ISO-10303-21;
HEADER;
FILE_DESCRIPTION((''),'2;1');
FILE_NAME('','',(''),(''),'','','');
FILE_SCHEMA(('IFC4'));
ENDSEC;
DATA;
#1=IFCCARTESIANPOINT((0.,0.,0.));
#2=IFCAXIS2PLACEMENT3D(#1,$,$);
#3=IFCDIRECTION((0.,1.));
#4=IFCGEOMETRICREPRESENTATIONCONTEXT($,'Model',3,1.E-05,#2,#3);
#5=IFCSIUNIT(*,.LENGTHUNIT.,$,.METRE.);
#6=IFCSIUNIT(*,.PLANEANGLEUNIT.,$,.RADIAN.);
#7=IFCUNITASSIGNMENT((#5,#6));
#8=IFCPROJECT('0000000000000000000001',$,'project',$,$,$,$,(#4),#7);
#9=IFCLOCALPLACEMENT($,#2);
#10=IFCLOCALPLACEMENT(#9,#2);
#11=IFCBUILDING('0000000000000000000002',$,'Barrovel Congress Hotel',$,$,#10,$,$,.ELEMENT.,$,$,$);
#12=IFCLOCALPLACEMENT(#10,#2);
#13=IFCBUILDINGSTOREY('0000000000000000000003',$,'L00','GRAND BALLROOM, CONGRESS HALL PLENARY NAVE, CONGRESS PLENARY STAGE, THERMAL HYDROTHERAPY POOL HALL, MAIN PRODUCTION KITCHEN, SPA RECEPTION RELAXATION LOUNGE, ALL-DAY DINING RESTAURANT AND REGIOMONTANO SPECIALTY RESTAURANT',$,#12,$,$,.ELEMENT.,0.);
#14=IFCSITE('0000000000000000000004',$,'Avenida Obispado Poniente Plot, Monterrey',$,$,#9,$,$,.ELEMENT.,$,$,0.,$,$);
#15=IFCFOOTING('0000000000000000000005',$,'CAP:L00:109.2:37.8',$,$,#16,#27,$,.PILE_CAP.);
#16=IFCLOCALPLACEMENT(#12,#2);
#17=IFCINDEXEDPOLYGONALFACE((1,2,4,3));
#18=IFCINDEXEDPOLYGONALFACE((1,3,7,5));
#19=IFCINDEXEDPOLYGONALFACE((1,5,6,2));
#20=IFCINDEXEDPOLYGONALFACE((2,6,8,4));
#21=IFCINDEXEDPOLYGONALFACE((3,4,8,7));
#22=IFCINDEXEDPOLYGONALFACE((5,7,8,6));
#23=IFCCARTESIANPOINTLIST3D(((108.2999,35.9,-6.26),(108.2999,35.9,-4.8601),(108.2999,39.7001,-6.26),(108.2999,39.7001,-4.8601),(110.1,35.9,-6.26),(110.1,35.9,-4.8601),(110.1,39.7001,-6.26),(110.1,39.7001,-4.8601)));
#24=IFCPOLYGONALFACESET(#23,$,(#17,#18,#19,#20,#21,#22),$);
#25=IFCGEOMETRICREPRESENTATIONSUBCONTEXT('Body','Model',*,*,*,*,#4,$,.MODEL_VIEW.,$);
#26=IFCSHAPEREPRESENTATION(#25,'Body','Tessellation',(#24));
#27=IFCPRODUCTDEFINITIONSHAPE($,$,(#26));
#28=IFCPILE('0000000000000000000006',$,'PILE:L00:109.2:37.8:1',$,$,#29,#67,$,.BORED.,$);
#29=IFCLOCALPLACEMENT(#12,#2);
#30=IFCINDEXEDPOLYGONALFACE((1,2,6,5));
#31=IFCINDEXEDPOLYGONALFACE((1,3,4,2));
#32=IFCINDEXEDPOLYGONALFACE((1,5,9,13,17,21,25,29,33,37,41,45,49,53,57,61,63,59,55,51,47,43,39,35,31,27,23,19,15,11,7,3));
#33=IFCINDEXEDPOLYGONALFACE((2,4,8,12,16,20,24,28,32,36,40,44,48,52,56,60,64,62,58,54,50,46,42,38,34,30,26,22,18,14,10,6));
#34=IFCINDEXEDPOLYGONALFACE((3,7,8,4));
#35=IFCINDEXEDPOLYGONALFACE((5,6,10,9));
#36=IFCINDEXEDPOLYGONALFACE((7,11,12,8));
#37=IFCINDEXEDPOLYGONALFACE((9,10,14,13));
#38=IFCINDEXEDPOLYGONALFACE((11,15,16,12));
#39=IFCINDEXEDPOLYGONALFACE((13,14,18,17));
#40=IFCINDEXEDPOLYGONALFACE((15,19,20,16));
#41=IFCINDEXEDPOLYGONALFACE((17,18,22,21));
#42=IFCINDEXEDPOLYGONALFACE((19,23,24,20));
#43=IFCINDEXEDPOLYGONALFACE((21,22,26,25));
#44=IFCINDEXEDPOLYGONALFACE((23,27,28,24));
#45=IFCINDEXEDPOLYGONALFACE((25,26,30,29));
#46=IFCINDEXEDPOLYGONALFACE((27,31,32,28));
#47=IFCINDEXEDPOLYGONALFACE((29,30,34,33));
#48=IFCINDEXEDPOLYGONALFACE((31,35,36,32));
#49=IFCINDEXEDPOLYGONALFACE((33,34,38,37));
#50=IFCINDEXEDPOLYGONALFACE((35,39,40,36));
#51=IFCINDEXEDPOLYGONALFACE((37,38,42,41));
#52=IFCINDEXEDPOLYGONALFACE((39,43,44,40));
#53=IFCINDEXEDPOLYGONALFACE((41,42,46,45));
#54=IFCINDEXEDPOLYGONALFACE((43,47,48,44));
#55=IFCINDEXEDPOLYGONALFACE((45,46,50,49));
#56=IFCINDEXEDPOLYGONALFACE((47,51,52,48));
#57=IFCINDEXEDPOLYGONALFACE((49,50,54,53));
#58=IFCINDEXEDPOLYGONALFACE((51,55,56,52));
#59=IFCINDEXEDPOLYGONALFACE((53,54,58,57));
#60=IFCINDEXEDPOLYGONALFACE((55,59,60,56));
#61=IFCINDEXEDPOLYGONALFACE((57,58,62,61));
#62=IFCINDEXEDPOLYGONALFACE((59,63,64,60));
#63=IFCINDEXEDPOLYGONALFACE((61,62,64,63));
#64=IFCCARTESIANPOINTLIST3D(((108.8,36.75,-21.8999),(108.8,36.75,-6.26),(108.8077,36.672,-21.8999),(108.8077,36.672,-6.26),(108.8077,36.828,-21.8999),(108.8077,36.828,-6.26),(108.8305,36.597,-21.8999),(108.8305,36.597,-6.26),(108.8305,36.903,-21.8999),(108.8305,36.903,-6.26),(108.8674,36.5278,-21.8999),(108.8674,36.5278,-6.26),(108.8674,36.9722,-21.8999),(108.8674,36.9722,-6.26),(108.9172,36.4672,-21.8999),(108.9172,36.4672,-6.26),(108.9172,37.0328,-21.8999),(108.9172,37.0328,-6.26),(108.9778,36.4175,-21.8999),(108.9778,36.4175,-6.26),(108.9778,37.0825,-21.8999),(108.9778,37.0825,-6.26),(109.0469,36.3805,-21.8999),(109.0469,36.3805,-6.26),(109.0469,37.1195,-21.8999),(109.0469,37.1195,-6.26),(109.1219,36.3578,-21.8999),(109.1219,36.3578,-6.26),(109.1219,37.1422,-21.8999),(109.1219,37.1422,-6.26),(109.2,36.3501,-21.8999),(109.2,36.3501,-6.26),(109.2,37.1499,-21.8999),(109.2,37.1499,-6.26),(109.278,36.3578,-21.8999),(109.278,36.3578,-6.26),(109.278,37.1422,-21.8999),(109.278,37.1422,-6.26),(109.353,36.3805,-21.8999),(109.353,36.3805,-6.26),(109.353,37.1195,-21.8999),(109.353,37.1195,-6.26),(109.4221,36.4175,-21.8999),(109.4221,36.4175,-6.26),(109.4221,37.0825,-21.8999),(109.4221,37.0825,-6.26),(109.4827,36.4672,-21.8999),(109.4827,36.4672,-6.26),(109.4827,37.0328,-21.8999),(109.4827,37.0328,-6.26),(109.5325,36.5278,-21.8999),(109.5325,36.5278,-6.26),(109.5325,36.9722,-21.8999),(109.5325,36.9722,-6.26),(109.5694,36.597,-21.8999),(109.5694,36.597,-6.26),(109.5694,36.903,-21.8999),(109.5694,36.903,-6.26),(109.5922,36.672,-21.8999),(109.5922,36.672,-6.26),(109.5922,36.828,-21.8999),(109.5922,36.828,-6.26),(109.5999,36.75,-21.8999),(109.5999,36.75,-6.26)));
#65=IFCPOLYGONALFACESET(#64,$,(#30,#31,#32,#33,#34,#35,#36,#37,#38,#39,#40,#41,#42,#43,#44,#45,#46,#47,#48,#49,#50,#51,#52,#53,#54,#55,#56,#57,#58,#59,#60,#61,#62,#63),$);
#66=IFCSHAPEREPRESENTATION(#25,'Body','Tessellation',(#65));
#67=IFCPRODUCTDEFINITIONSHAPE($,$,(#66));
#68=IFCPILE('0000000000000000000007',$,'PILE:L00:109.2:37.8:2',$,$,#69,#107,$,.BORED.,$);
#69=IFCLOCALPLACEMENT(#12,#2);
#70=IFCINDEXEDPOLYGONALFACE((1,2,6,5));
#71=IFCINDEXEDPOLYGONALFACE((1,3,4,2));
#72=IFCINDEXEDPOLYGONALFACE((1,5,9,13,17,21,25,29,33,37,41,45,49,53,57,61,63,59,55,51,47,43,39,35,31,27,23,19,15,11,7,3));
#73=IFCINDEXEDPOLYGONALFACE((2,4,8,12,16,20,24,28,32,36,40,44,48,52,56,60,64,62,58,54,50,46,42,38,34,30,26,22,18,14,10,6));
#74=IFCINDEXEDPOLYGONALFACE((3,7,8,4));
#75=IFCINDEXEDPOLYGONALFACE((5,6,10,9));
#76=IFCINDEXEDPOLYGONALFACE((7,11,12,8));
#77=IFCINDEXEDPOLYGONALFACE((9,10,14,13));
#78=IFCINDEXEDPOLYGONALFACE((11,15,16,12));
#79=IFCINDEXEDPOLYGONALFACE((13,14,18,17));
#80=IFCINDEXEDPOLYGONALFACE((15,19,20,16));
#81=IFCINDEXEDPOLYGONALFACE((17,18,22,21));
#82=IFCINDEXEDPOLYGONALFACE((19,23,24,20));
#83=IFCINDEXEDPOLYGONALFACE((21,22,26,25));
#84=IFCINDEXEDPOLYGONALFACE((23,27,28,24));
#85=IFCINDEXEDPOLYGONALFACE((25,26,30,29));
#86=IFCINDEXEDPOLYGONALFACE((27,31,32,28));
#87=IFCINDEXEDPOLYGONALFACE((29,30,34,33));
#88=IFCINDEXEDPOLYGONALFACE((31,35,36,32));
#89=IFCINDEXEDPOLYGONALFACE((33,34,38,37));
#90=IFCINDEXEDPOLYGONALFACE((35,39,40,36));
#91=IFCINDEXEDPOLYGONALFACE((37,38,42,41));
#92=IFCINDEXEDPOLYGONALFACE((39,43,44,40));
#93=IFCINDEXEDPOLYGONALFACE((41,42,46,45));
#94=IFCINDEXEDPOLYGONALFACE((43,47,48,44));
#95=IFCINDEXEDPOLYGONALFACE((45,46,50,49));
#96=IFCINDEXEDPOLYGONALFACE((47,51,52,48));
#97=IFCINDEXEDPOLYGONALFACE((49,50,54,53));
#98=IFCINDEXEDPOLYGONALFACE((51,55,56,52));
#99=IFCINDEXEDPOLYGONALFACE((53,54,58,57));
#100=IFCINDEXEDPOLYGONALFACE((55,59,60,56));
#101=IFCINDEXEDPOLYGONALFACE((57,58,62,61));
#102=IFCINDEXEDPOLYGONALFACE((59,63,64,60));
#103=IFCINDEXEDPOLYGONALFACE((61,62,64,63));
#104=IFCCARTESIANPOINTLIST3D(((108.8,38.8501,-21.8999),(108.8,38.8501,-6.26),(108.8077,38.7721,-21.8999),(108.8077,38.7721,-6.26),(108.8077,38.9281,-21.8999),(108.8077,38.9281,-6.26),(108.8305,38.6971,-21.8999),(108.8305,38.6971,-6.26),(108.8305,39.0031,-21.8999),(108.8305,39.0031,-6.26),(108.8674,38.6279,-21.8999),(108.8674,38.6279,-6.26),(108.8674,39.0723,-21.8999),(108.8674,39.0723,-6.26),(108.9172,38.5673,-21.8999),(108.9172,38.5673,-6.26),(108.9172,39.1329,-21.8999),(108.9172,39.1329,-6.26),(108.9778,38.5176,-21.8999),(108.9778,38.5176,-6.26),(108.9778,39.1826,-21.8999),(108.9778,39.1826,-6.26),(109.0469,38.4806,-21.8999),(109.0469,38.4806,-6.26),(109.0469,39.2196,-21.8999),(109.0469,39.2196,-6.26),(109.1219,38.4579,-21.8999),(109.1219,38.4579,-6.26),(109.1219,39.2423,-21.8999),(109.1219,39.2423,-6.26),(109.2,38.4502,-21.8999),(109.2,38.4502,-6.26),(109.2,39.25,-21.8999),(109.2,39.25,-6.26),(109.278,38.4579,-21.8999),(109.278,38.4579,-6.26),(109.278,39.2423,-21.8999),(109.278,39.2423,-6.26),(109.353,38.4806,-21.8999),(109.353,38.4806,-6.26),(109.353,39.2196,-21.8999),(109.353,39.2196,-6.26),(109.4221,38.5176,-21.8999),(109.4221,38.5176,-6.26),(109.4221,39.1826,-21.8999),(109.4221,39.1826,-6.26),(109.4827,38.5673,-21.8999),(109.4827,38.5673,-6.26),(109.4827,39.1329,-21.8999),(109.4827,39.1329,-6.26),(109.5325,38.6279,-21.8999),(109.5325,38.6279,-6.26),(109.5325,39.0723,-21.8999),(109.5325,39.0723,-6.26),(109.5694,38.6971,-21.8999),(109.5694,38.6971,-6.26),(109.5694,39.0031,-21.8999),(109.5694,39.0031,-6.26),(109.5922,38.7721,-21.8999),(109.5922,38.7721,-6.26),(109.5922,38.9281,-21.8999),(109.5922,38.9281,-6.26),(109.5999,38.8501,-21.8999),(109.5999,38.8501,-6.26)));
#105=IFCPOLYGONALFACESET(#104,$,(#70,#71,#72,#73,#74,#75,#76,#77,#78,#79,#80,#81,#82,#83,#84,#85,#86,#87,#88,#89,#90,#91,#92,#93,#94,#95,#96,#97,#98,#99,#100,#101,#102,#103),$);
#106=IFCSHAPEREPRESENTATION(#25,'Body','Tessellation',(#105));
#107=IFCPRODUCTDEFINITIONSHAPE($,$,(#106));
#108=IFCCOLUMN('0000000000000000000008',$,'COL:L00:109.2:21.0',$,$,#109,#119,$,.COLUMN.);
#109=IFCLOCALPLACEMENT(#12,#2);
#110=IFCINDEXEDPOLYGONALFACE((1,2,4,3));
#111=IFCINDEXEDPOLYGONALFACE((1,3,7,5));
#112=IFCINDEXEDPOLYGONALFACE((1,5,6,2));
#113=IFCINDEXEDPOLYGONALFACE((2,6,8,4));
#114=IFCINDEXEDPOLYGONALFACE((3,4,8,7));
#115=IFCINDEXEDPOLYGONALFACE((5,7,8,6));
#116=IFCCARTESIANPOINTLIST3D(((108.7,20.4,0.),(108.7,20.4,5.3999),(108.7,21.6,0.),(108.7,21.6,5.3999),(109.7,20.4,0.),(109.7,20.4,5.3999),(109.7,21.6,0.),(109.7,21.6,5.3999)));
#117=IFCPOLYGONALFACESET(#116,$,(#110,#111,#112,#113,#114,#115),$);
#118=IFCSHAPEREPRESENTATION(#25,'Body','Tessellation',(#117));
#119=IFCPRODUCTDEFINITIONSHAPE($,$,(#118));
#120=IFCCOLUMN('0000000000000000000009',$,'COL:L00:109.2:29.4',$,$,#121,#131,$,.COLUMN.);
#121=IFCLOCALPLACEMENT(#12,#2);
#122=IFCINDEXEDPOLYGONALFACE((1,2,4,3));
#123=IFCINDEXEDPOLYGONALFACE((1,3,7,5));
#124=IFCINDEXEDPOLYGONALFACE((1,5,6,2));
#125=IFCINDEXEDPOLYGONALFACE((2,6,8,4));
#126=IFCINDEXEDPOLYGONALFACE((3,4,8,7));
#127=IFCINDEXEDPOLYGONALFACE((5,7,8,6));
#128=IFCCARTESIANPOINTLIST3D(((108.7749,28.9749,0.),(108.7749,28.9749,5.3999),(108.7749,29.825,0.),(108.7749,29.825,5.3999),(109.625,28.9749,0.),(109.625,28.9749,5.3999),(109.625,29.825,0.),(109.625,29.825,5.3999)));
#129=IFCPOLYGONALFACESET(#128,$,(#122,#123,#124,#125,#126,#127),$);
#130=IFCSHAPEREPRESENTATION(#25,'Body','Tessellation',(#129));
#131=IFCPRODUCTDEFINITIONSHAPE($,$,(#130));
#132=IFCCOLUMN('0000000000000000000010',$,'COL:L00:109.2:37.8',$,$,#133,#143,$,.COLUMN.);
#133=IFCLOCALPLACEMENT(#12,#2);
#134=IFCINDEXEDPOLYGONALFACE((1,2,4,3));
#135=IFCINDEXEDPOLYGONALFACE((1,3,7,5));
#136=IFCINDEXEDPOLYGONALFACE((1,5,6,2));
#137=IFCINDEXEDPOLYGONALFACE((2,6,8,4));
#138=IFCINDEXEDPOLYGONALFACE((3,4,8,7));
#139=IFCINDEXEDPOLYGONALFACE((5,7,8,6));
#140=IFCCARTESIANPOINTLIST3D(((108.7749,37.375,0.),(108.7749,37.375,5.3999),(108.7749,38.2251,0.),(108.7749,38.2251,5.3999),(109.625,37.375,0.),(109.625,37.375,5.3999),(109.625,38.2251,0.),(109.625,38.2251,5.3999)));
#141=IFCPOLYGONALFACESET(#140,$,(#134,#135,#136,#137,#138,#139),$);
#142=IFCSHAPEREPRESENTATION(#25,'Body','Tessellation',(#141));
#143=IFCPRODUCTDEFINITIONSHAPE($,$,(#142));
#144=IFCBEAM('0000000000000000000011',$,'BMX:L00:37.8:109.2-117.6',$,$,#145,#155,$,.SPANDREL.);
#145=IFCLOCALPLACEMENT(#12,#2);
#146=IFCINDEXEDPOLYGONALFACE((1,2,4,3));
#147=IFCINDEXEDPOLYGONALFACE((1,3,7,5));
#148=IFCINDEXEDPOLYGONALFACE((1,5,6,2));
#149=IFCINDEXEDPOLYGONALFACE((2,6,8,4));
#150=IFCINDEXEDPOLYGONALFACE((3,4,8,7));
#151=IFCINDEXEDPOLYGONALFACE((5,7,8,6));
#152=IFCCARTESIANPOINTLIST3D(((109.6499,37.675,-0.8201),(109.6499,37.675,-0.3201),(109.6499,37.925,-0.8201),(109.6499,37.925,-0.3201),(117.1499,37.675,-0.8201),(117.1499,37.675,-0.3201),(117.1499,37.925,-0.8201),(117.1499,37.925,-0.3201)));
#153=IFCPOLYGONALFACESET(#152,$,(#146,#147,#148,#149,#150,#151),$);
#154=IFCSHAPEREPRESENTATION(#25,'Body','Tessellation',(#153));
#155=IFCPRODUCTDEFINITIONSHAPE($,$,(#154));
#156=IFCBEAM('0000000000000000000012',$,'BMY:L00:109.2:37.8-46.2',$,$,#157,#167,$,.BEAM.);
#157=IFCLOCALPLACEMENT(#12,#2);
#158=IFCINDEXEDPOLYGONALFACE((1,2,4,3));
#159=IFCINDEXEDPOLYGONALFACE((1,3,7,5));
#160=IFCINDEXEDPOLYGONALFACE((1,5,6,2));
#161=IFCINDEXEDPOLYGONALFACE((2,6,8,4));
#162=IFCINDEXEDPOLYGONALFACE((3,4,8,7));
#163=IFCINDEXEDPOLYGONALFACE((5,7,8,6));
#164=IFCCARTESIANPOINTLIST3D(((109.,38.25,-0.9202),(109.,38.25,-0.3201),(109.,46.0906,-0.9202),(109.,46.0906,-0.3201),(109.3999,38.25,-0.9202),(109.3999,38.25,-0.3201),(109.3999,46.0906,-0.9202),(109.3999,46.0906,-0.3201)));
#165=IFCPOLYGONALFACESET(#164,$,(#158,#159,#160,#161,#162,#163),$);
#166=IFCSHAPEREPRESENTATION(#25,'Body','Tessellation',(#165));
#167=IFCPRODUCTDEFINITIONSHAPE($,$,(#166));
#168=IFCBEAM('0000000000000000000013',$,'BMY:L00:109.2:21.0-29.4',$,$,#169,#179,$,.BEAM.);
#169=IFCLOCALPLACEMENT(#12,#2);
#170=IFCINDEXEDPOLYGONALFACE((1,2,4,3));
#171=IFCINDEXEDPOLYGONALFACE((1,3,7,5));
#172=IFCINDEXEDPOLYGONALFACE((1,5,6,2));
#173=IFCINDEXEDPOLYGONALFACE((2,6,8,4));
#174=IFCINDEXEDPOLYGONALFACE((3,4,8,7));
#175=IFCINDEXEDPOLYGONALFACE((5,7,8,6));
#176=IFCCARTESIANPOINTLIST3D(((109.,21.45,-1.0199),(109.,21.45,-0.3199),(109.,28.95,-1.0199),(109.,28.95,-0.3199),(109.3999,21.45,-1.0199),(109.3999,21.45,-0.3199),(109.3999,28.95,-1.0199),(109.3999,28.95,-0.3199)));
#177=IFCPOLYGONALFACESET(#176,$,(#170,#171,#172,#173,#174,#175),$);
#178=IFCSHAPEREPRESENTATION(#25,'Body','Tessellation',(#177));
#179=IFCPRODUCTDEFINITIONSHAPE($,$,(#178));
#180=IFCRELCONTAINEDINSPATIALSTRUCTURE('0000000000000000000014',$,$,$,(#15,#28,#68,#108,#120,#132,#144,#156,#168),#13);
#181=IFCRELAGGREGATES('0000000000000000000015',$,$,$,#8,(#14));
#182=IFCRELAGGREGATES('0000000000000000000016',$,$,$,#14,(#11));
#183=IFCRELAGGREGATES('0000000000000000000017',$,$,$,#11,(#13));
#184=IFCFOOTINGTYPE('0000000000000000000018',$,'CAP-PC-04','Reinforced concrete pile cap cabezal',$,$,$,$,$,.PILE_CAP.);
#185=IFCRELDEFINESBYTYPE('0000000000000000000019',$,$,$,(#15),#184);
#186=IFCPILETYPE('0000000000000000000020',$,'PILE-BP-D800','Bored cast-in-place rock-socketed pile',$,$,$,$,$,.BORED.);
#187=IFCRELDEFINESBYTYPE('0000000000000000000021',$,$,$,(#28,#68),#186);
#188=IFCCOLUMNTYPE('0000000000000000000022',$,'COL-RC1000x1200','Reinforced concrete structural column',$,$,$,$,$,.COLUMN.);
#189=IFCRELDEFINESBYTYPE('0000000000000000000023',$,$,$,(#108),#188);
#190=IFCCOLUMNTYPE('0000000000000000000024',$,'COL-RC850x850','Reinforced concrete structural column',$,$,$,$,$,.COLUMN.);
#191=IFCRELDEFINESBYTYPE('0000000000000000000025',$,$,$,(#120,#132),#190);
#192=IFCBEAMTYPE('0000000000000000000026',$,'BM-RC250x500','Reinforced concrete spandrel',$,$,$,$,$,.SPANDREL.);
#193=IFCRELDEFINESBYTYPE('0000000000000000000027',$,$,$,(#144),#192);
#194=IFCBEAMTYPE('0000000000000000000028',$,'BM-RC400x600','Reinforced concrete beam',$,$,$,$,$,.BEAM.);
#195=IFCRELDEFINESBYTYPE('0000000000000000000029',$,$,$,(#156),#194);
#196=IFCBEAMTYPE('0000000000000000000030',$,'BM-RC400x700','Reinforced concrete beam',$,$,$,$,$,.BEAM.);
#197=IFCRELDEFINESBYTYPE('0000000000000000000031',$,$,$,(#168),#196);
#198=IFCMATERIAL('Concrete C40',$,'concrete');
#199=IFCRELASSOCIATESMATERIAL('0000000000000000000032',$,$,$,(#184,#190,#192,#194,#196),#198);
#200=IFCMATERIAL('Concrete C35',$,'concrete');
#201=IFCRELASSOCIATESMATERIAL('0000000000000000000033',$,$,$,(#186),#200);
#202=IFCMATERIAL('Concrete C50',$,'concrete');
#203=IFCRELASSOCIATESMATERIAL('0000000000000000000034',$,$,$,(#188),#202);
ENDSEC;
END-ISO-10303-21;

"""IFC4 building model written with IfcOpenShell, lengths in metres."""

from ifc_helpers import new_model, si_unit, direction, frame, origin, origin_2d, place, context, subcontext, project, spatial, rectangle, circle, extrude, material, material_profile, profile_set, type_object, element, save


model = new_model("IFC4")

# Units and contexts
model_context = context("Model", 3, precision=1e-05, world=origin(), true_north=direction((0.0, 1.0)))
body_context = subcontext(model_context, "Body", "Model", "MODEL_VIEW")
ifc_project = project(units=[si_unit("LENGTHUNIT", "METRE"), si_unit("PLANEANGLEUNIT", "RADIAN")], contexts=[model_context])

# Site, building, storey
site_placement = place(None, origin())
site = spatial("IfcSite", under=ifc_project, at=site_placement, Name="Avenida Obispado Poniente Plot, Monterrey", CompositionType="ELEMENT", RefElevation=0.0)
building_placement = place(site_placement, origin())
building = spatial("IfcBuilding", under=site, at=building_placement, Name="Barrovel Congress Hotel", CompositionType="ELEMENT")
storey_placement = place(building_placement, origin())
storey = spatial("IfcBuildingStorey", under=building, at=storey_placement, Name="L00", Description="GRAND BALLROOM, CONGRESS HALL PLENARY NAVE, CONGRESS PLENARY STAGE, THERMAL HYDROTHERAPY POOL HALL, MAIN PRODUCTION KITCHEN, SPA RECEPTION RELAXATION LOUNGE, ALL-DAY DINING RESTAURANT AND REGIOMONTANO SPECIALTY RESTAURANT", CompositionType="ELEMENT", Elevation=0.0)

# Footing
ifc_material_1 = material(Name="Concrete C40", Category="concrete")
footing_type = type_object("IfcFootingType", Name="CAP-PC-04", Description="Reinforced concrete pile cap cabezal", PredefinedType="PILE_CAP", material=ifc_material_1)
footing_placement = place(storey_placement, frame((109.2, 37.8, -6.26), z_axis=(0.0, 0.0, 1.0), x_axis=(1.0, 0.0, 0.0)))
element("IfcFooting", 1, at=footing_placement, inside=storey, type_object=footing_type, Name="CAP:L00:109.2:37.8", PredefinedType="PILE_CAP", context=body_context, shape_type="SweptSolid", body=[
    extrude(rectangle(XDim=1.8, YDim=3.8, at=origin_2d()), origin(), (0.0, 0.0, 1.0), 1.3999),
])

# Piles
ifc_material_2 = material(Name="Concrete C35", Category="concrete")
ifc_material_profile_1 = material_profile(ifc_material_2, circle(Radius=0.3999, at=origin_2d()), Name="BP-D800")
ifc_profile_set_1 = profile_set([ifc_material_profile_1], Name="Concrete C35")
pile_type = type_object("IfcPileType", Name="PILE-BP-D800", Description="Bored cast-in-place rock-socketed pile", PredefinedType="BORED", material=ifc_profile_set_1)
for number, where, z_axis, x_axis, name in (
    (2, (109.2, 36.75, -6.26), (0.0, 0.0, -1.0), (1.0, 0.0, 0.0), "PILE:L00:109.2:37.8:1"),
    (3, (109.2, 38.8501, -6.26), (0.0, 0.0, -1.0), (1.0, 0.0, 0.0), "PILE:L00:109.2:37.8:2"),
):
    element("IfcPile", number, at=place(storey_placement, frame(where, z_axis=z_axis, x_axis=x_axis)), inside=storey, type_object=pile_type, Name=name, PredefinedType="BORED", context=body_context, shape_type="SweptSolid", body=[
        extrude(circle(Radius=0.3999, at=origin_2d()), origin(), (0.0, 0.0, 1.0), 15.6399),
    ])

# Columns
ifc_material_3 = material(Name="Concrete C50", Category="concrete")
ifc_material_profile_2 = material_profile(ifc_material_3, rectangle(XDim=1.0, YDim=1.2, at=origin_2d()), Name="RC1000x1200")
ifc_profile_set_2 = profile_set([ifc_material_profile_2], Name="Concrete C50")
column_type_1 = type_object("IfcColumnType", Name="COL-RC1000x1200", Description="Reinforced concrete structural column", PredefinedType="COLUMN", material=ifc_profile_set_2)
column_placement = place(storey_placement, frame((109.2, 21.0, 0.0), z_axis=(0.0, 0.0, 1.0), x_axis=(1.0, 0.0, 0.0)))
element("IfcColumn", 4, at=column_placement, inside=storey, type_object=column_type_1, Name="COL:L00:109.2:21.0", PredefinedType="COLUMN", context=body_context, shape_type="SweptSolid", body=[
    extrude(rectangle(XDim=1.0, YDim=1.2, at=origin_2d()), origin(), (0.0, 0.0, 1.0), 5.3999),
])
ifc_material_profile_3 = material_profile(ifc_material_1, rectangle(XDim=0.8501, YDim=0.8501, at=origin_2d()), Name="RC850x850")
ifc_profile_set_3 = profile_set([ifc_material_profile_3], Name="Concrete C40")
column_type_2 = type_object("IfcColumnType", Name="COL-RC850x850", Description="Reinforced concrete structural column", PredefinedType="COLUMN", material=ifc_profile_set_3)
for number, where, z_axis, x_axis, name in (
    (5, (109.2, 29.3999, 0.0), (0.0, 0.0, 1.0), (1.0, 0.0, 0.0), "COL:L00:109.2:29.4"),
    (6, (109.2, 37.8, 0.0), (0.0, 0.0, 1.0), (1.0, 0.0, 0.0), "COL:L00:109.2:37.8"),
):
    element("IfcColumn", number, at=place(storey_placement, frame(where, z_axis=z_axis, x_axis=x_axis)), inside=storey, type_object=column_type_2, Name=name, PredefinedType="COLUMN", context=body_context, shape_type="SweptSolid", body=[
        extrude(rectangle(XDim=0.8501, YDim=0.8501, at=origin_2d()), origin(), (0.0, 0.0, 1.0), 5.3999),
    ])

# Beams
ifc_material_profile_4 = material_profile(ifc_material_1, rectangle(XDim=0.25, YDim=0.5, at=origin_2d()), Name="RC250x500")
ifc_profile_set_4 = profile_set([ifc_material_profile_4], Name="Concrete C40")
beam_type_1 = type_object("IfcBeamType", Name="BM-RC250x500", Description="Reinforced concrete spandrel", PredefinedType="SPANDREL", material=ifc_profile_set_4)
beam_1_placement = place(storey_placement, frame((109.6499, 37.8, -0.5701), z_axis=(1.0, 0.0, 0.0), x_axis=(0.0, 1.0, 0.0)))
element("IfcBeam", 7, at=beam_1_placement, inside=storey, type_object=beam_type_1, Name="BMX:L00:37.8:109.2-117.6", PredefinedType="SPANDREL", context=body_context, shape_type="SweptSolid", body=[
    extrude(rectangle(XDim=0.25, YDim=0.5, at=origin_2d()), origin(), (0.0, 0.0, 1.0), 7.5),
])
ifc_material_profile_5 = material_profile(ifc_material_1, rectangle(XDim=0.3999, YDim=0.6001, at=origin_2d()), Name="RC400x600")
ifc_profile_set_5 = profile_set([ifc_material_profile_5], Name="Concrete C40")
beam_type_2 = type_object("IfcBeamType", Name="BM-RC400x600", Description="Reinforced concrete beam", PredefinedType="BEAM", material=ifc_profile_set_5)
beam_2_placement = place(storey_placement, frame((109.2, 38.25, -0.6201), z_axis=(0.0, 1.0, 0.0), x_axis=(-1.0, 0.0, 0.0)))
element("IfcBeam", 8, at=beam_2_placement, inside=storey, type_object=beam_type_2, Name="BMY:L00:109.2:37.8-46.2", PredefinedType="BEAM", context=body_context, shape_type="SweptSolid", body=[
    extrude(rectangle(XDim=0.3999, YDim=0.6001, at=origin_2d()), origin(), (0.0, 0.0, 1.0), 7.8406),
])
ifc_material_profile_6 = material_profile(ifc_material_1, rectangle(XDim=0.3999, YDim=0.7, at=origin_2d()), Name="RC400x700")
ifc_profile_set_6 = profile_set([ifc_material_profile_6], Name="Concrete C40")
beam_type_3 = type_object("IfcBeamType", Name="BM-RC400x700", Description="Reinforced concrete beam", PredefinedType="BEAM", material=ifc_profile_set_6)
beam_3_placement = place(storey_placement, frame((109.2, 21.45, -0.6699), z_axis=(0.0, 1.0, 0.0), x_axis=(-1.0, 0.0, 0.0)))
element("IfcBeam", 9, at=beam_3_placement, inside=storey, type_object=beam_type_3, Name="BMY:L00:109.2:21.0-29.4", PredefinedType="BEAM", context=body_context, shape_type="SweptSolid", body=[
    extrude(rectangle(XDim=0.3999, YDim=0.7, at=origin_2d()), origin(), (0.0, 0.0, 1.0), 7.5),
])

save(model, "model.ifc")
